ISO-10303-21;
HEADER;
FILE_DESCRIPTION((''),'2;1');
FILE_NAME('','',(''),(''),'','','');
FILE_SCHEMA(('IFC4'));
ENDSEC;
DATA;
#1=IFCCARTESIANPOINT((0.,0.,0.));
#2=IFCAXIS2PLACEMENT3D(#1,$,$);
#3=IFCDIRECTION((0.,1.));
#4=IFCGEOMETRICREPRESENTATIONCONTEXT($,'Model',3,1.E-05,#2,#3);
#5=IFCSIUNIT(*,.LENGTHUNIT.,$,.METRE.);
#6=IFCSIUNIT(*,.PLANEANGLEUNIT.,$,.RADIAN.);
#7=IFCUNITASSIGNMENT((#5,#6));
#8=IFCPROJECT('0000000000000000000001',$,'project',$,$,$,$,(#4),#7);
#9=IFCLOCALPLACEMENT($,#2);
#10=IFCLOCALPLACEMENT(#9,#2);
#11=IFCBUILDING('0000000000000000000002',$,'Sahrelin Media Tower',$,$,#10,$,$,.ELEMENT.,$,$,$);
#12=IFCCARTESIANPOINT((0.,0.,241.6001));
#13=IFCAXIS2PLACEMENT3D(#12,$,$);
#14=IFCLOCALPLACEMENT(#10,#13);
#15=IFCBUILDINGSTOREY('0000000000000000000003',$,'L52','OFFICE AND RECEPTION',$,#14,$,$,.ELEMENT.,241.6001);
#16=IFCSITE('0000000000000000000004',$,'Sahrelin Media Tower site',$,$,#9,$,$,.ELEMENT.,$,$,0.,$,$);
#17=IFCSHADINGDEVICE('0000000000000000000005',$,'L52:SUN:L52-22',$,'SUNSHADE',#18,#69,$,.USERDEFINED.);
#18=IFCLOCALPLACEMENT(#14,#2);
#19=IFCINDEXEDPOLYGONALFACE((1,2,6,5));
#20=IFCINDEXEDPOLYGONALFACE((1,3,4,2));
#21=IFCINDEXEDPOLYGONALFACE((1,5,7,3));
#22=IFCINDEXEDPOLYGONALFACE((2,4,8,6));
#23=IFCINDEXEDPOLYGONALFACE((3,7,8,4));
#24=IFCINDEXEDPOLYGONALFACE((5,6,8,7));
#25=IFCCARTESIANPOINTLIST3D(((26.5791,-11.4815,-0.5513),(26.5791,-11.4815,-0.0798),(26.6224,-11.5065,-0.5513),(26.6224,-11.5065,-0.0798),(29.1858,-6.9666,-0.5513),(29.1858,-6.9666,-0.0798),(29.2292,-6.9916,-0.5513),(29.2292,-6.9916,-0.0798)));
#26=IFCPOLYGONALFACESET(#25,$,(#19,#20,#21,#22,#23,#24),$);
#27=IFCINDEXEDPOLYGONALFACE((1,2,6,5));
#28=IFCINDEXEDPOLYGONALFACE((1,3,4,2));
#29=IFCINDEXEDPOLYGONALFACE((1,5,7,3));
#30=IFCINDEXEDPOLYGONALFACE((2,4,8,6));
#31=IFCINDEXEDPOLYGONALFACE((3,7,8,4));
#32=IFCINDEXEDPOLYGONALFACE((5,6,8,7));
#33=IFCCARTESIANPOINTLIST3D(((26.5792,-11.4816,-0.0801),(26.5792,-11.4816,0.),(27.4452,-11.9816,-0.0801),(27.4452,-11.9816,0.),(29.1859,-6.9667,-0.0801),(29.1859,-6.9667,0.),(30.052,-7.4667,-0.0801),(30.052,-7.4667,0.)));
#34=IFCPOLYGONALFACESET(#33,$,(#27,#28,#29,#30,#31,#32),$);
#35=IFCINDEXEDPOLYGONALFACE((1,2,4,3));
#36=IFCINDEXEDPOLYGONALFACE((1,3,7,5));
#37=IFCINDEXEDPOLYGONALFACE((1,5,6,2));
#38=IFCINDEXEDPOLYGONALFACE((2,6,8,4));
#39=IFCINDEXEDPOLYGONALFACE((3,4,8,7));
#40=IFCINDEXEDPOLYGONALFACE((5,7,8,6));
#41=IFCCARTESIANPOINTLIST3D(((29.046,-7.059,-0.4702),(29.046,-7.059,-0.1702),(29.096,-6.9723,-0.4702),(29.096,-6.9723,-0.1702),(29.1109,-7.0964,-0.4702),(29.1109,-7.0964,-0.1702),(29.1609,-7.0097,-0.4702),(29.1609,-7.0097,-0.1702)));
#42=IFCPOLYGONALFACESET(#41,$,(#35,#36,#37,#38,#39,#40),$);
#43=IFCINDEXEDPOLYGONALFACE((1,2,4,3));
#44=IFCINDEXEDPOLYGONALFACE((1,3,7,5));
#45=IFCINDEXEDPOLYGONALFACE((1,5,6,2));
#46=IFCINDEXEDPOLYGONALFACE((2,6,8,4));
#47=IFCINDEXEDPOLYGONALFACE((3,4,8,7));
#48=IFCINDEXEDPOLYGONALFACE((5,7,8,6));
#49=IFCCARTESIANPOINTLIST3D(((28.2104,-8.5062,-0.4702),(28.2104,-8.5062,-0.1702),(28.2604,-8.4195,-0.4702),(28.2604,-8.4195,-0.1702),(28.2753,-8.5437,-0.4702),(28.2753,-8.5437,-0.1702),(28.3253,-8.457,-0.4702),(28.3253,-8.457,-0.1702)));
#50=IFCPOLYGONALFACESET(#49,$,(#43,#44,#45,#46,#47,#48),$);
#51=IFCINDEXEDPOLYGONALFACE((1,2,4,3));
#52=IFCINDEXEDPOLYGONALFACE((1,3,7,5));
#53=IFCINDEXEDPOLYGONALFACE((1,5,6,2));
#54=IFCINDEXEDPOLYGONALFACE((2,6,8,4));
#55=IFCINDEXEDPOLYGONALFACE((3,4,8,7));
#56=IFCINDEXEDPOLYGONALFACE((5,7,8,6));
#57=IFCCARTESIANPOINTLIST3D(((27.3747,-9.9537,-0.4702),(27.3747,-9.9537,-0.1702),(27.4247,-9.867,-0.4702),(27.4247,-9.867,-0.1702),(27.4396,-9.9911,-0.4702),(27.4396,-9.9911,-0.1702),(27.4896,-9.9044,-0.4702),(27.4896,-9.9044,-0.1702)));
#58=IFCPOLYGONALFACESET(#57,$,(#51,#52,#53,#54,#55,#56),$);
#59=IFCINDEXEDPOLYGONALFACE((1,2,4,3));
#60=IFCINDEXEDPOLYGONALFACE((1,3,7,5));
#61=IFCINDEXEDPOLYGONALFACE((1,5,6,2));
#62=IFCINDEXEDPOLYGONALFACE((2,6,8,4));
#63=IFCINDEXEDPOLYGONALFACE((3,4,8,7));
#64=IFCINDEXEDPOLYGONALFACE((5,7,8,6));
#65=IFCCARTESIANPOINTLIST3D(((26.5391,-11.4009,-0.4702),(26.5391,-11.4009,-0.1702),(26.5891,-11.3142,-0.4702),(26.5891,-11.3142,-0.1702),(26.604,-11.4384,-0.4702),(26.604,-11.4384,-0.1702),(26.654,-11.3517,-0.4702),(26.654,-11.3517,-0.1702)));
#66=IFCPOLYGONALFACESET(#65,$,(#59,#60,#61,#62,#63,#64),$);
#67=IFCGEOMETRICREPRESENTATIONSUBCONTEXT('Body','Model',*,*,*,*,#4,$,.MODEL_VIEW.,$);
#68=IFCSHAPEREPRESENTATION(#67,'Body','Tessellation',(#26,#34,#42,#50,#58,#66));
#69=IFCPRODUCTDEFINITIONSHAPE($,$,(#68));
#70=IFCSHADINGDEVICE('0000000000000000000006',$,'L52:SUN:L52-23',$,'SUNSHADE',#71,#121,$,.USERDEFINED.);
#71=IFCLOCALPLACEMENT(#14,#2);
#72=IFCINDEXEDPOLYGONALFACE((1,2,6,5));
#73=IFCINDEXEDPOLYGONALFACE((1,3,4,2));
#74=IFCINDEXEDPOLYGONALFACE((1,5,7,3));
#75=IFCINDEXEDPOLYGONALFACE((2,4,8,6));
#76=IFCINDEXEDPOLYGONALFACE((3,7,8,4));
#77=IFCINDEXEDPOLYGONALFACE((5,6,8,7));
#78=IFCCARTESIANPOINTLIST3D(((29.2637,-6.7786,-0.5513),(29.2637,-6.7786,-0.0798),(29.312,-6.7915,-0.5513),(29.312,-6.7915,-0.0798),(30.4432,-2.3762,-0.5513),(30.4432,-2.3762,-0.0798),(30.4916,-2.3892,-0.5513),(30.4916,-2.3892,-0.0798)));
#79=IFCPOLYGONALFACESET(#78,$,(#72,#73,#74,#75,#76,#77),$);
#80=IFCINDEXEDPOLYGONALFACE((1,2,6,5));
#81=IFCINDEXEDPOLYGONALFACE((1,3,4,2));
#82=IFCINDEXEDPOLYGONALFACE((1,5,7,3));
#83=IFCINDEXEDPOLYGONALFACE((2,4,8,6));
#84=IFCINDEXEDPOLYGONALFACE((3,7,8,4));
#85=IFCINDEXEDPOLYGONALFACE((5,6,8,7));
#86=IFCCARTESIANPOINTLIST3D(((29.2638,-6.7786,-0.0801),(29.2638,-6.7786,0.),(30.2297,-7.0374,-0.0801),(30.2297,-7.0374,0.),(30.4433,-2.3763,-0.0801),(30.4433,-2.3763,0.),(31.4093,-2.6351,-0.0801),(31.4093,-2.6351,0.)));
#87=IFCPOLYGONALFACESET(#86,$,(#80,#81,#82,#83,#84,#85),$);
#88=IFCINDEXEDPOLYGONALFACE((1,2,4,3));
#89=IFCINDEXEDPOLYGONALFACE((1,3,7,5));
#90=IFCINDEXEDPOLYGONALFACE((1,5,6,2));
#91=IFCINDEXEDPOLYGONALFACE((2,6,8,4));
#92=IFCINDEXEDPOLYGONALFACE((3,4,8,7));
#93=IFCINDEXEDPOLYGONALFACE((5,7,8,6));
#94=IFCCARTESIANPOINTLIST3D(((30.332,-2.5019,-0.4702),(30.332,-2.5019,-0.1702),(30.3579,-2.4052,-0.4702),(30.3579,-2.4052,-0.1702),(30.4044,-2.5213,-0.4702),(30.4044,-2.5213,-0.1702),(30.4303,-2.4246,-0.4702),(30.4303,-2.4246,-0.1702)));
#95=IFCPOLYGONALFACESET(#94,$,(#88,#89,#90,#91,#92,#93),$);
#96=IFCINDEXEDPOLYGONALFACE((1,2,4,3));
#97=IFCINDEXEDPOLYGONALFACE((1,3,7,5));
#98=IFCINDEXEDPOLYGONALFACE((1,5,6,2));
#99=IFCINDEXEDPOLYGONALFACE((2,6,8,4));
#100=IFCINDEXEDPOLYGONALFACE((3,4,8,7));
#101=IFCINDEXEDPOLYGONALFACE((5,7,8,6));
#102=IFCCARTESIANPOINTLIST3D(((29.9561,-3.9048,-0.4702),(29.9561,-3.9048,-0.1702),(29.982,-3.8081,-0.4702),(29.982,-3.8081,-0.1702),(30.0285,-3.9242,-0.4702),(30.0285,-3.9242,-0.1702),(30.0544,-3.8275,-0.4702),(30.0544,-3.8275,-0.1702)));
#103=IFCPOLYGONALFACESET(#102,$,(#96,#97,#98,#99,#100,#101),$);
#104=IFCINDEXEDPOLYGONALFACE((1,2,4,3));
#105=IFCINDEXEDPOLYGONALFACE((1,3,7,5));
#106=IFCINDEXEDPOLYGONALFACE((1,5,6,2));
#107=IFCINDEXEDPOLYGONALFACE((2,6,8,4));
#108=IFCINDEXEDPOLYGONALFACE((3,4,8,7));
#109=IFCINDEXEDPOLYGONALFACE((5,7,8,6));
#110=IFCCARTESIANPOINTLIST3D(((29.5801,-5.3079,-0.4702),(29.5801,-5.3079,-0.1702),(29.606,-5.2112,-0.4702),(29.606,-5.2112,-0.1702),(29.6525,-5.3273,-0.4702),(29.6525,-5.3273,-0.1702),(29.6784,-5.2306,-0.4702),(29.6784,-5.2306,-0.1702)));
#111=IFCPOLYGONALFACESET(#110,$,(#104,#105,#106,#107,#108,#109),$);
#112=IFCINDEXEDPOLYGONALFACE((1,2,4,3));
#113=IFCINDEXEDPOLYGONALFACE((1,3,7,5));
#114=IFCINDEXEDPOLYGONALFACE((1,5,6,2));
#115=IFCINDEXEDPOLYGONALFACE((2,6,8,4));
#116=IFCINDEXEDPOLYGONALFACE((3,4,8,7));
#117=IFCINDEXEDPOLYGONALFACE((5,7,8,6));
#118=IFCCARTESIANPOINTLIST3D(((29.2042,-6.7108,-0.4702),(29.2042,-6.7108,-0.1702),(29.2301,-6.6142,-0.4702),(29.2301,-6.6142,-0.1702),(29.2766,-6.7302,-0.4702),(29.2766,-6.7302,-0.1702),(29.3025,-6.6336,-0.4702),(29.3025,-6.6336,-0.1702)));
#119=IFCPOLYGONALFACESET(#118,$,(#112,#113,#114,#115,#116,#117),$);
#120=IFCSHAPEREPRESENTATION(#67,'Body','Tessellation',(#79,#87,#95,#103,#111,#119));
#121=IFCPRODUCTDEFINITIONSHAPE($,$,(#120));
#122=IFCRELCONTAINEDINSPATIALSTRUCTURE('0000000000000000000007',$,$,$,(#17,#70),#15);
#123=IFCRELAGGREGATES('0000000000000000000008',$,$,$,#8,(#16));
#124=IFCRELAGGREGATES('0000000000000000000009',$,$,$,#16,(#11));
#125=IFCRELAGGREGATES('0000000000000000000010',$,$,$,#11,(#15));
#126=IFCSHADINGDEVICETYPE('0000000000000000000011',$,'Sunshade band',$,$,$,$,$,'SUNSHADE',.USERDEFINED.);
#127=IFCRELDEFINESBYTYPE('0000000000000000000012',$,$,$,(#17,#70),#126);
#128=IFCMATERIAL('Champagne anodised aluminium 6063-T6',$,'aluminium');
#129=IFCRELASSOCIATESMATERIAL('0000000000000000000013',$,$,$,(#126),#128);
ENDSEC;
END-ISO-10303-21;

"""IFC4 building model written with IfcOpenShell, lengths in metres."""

from ifc_helpers import new_model, si_unit, direction, frame, origin, origin_2d, place, context, subcontext, project, spatial, rectangle, extrude, material, type_object, element, save


model = new_model("IFC4")

# Units and contexts
model_context = context("Model", 3, precision=1e-05, world=origin(), true_north=direction((0.0, 1.0)))
body_context = subcontext(model_context, "Body", "Model", "MODEL_VIEW")
ifc_project = project(units=[si_unit("LENGTHUNIT", "METRE"), si_unit("PLANEANGLEUNIT", "RADIAN")], contexts=[model_context])

# Site, building, storey
site_placement = place(None, origin())
site = spatial("IfcSite", under=ifc_project, at=site_placement, Name="Sahrelin Media Tower site", CompositionType="ELEMENT", RefElevation=0.0)
building_placement = place(site_placement, origin())
building = spatial("IfcBuilding", under=site, at=building_placement, Name="Sahrelin Media Tower", CompositionType="ELEMENT")
storey_placement = place(building_placement, frame((0.0, 0.0, 241.6001)))
storey = spatial("IfcBuildingStorey", under=building, at=storey_placement, Name="L52", Description="OFFICE AND RECEPTION", CompositionType="ELEMENT", Elevation=241.6001)

# Shared definitions
ifc_material_1 = material(Name="Champagne anodised aluminium 6063-T6", Category="aluminium")

# Shading devices
placement_1 = place(storey_placement, frame((27.8652, -9.2141, 0.0), z_axis=(0.0, 0.0, 1.0), x_axis=(-0.500011, -0.866019, 0.0)))
placement_2 = place(storey_placement, frame((29.8342, -4.5723, 0.0), z_axis=(0.0, 0.0, 1.0), x_axis=(-0.258808, -0.965929, 0.0)))
shading_device_type_1 = type_object("IfcShadingDeviceType", Name="Sunshade band", ElementType="SUNSHADE", PredefinedType="USERDEFINED", material=ifc_material_1)
element("IfcShadingDevice", 1, at=placement_1, inside=storey, type_object=shading_device_type_1, Name="L52:SUN:L52-22", ObjectType="SUNSHADE", PredefinedType="USERDEFINED", context=body_context, shape_type="SweptSolid", body=[
    extrude(rectangle(XDim=5.2134, YDim=0.05, at=origin_2d()), frame((0.0, 0.0449, -0.5513)), (0.0, 0.0, 1.0), 0.4714),
    extrude(rectangle(XDim=5.2134, YDim=1.0, at=origin_2d()), frame((0.0, 0.52, -0.0801)), (0.0, 0.0, 1.0), 0.0801),
    extrude(rectangle(XDim=0.1001, YDim=0.075, at=origin_2d()), frame((-2.5068, -0.0176, -0.4702)), (0.0, 0.0, 1.0), 0.3),
    extrude(rectangle(XDim=0.1001, YDim=0.075, at=origin_2d()), frame((-0.8357, -0.0176, -0.4702)), (0.0, 0.0, 1.0), 0.3),
    extrude(rectangle(XDim=0.1001, YDim=0.075, at=origin_2d()), frame((0.8357, -0.0176, -0.4702)), (0.0, 0.0, 1.0), 0.3),
    extrude(rectangle(XDim=0.1001, YDim=0.075, at=origin_2d()), frame((2.5068, -0.0176, -0.4702)), (0.0, 0.0, 1.0), 0.3),
])
element("IfcShadingDevice", 2, at=placement_2, inside=storey, type_object=shading_device_type_1, Name="L52:SUN:L52-23", ObjectType="SUNSHADE", PredefinedType="USERDEFINED", context=body_context, shape_type="SweptSolid", body=[
    extrude(rectangle(XDim=4.5576, YDim=0.05, at=origin_2d()), frame((0.0, 0.0449, -0.5513)), (0.0, 0.0, 1.0), 0.4714),
    extrude(rectangle(XDim=4.5576, YDim=1.0, at=origin_2d()), frame((0.0, 0.52, -0.0801)), (0.0, 0.0, 1.0), 0.0801),
    extrude(rectangle(XDim=0.1001, YDim=0.075, at=origin_2d()), frame((-2.1787, -0.0176, -0.4702)), (0.0, 0.0, 1.0), 0.3),
    extrude(rectangle(XDim=0.1001, YDim=0.075, at=origin_2d()), frame((-0.7263, -0.0176, -0.4702)), (0.0, 0.0, 1.0), 0.3),
    extrude(rectangle(XDim=0.1001, YDim=0.075, at=origin_2d()), frame((0.7263, -0.0176, -0.4702)), (0.0, 0.0, 1.0), 0.3),
    extrude(rectangle(XDim=0.1001, YDim=0.075, at=origin_2d()), frame((2.1787, -0.0176, -0.4702)), (0.0, 0.0, 1.0), 0.3),
])

save(model, "model.ifc")
